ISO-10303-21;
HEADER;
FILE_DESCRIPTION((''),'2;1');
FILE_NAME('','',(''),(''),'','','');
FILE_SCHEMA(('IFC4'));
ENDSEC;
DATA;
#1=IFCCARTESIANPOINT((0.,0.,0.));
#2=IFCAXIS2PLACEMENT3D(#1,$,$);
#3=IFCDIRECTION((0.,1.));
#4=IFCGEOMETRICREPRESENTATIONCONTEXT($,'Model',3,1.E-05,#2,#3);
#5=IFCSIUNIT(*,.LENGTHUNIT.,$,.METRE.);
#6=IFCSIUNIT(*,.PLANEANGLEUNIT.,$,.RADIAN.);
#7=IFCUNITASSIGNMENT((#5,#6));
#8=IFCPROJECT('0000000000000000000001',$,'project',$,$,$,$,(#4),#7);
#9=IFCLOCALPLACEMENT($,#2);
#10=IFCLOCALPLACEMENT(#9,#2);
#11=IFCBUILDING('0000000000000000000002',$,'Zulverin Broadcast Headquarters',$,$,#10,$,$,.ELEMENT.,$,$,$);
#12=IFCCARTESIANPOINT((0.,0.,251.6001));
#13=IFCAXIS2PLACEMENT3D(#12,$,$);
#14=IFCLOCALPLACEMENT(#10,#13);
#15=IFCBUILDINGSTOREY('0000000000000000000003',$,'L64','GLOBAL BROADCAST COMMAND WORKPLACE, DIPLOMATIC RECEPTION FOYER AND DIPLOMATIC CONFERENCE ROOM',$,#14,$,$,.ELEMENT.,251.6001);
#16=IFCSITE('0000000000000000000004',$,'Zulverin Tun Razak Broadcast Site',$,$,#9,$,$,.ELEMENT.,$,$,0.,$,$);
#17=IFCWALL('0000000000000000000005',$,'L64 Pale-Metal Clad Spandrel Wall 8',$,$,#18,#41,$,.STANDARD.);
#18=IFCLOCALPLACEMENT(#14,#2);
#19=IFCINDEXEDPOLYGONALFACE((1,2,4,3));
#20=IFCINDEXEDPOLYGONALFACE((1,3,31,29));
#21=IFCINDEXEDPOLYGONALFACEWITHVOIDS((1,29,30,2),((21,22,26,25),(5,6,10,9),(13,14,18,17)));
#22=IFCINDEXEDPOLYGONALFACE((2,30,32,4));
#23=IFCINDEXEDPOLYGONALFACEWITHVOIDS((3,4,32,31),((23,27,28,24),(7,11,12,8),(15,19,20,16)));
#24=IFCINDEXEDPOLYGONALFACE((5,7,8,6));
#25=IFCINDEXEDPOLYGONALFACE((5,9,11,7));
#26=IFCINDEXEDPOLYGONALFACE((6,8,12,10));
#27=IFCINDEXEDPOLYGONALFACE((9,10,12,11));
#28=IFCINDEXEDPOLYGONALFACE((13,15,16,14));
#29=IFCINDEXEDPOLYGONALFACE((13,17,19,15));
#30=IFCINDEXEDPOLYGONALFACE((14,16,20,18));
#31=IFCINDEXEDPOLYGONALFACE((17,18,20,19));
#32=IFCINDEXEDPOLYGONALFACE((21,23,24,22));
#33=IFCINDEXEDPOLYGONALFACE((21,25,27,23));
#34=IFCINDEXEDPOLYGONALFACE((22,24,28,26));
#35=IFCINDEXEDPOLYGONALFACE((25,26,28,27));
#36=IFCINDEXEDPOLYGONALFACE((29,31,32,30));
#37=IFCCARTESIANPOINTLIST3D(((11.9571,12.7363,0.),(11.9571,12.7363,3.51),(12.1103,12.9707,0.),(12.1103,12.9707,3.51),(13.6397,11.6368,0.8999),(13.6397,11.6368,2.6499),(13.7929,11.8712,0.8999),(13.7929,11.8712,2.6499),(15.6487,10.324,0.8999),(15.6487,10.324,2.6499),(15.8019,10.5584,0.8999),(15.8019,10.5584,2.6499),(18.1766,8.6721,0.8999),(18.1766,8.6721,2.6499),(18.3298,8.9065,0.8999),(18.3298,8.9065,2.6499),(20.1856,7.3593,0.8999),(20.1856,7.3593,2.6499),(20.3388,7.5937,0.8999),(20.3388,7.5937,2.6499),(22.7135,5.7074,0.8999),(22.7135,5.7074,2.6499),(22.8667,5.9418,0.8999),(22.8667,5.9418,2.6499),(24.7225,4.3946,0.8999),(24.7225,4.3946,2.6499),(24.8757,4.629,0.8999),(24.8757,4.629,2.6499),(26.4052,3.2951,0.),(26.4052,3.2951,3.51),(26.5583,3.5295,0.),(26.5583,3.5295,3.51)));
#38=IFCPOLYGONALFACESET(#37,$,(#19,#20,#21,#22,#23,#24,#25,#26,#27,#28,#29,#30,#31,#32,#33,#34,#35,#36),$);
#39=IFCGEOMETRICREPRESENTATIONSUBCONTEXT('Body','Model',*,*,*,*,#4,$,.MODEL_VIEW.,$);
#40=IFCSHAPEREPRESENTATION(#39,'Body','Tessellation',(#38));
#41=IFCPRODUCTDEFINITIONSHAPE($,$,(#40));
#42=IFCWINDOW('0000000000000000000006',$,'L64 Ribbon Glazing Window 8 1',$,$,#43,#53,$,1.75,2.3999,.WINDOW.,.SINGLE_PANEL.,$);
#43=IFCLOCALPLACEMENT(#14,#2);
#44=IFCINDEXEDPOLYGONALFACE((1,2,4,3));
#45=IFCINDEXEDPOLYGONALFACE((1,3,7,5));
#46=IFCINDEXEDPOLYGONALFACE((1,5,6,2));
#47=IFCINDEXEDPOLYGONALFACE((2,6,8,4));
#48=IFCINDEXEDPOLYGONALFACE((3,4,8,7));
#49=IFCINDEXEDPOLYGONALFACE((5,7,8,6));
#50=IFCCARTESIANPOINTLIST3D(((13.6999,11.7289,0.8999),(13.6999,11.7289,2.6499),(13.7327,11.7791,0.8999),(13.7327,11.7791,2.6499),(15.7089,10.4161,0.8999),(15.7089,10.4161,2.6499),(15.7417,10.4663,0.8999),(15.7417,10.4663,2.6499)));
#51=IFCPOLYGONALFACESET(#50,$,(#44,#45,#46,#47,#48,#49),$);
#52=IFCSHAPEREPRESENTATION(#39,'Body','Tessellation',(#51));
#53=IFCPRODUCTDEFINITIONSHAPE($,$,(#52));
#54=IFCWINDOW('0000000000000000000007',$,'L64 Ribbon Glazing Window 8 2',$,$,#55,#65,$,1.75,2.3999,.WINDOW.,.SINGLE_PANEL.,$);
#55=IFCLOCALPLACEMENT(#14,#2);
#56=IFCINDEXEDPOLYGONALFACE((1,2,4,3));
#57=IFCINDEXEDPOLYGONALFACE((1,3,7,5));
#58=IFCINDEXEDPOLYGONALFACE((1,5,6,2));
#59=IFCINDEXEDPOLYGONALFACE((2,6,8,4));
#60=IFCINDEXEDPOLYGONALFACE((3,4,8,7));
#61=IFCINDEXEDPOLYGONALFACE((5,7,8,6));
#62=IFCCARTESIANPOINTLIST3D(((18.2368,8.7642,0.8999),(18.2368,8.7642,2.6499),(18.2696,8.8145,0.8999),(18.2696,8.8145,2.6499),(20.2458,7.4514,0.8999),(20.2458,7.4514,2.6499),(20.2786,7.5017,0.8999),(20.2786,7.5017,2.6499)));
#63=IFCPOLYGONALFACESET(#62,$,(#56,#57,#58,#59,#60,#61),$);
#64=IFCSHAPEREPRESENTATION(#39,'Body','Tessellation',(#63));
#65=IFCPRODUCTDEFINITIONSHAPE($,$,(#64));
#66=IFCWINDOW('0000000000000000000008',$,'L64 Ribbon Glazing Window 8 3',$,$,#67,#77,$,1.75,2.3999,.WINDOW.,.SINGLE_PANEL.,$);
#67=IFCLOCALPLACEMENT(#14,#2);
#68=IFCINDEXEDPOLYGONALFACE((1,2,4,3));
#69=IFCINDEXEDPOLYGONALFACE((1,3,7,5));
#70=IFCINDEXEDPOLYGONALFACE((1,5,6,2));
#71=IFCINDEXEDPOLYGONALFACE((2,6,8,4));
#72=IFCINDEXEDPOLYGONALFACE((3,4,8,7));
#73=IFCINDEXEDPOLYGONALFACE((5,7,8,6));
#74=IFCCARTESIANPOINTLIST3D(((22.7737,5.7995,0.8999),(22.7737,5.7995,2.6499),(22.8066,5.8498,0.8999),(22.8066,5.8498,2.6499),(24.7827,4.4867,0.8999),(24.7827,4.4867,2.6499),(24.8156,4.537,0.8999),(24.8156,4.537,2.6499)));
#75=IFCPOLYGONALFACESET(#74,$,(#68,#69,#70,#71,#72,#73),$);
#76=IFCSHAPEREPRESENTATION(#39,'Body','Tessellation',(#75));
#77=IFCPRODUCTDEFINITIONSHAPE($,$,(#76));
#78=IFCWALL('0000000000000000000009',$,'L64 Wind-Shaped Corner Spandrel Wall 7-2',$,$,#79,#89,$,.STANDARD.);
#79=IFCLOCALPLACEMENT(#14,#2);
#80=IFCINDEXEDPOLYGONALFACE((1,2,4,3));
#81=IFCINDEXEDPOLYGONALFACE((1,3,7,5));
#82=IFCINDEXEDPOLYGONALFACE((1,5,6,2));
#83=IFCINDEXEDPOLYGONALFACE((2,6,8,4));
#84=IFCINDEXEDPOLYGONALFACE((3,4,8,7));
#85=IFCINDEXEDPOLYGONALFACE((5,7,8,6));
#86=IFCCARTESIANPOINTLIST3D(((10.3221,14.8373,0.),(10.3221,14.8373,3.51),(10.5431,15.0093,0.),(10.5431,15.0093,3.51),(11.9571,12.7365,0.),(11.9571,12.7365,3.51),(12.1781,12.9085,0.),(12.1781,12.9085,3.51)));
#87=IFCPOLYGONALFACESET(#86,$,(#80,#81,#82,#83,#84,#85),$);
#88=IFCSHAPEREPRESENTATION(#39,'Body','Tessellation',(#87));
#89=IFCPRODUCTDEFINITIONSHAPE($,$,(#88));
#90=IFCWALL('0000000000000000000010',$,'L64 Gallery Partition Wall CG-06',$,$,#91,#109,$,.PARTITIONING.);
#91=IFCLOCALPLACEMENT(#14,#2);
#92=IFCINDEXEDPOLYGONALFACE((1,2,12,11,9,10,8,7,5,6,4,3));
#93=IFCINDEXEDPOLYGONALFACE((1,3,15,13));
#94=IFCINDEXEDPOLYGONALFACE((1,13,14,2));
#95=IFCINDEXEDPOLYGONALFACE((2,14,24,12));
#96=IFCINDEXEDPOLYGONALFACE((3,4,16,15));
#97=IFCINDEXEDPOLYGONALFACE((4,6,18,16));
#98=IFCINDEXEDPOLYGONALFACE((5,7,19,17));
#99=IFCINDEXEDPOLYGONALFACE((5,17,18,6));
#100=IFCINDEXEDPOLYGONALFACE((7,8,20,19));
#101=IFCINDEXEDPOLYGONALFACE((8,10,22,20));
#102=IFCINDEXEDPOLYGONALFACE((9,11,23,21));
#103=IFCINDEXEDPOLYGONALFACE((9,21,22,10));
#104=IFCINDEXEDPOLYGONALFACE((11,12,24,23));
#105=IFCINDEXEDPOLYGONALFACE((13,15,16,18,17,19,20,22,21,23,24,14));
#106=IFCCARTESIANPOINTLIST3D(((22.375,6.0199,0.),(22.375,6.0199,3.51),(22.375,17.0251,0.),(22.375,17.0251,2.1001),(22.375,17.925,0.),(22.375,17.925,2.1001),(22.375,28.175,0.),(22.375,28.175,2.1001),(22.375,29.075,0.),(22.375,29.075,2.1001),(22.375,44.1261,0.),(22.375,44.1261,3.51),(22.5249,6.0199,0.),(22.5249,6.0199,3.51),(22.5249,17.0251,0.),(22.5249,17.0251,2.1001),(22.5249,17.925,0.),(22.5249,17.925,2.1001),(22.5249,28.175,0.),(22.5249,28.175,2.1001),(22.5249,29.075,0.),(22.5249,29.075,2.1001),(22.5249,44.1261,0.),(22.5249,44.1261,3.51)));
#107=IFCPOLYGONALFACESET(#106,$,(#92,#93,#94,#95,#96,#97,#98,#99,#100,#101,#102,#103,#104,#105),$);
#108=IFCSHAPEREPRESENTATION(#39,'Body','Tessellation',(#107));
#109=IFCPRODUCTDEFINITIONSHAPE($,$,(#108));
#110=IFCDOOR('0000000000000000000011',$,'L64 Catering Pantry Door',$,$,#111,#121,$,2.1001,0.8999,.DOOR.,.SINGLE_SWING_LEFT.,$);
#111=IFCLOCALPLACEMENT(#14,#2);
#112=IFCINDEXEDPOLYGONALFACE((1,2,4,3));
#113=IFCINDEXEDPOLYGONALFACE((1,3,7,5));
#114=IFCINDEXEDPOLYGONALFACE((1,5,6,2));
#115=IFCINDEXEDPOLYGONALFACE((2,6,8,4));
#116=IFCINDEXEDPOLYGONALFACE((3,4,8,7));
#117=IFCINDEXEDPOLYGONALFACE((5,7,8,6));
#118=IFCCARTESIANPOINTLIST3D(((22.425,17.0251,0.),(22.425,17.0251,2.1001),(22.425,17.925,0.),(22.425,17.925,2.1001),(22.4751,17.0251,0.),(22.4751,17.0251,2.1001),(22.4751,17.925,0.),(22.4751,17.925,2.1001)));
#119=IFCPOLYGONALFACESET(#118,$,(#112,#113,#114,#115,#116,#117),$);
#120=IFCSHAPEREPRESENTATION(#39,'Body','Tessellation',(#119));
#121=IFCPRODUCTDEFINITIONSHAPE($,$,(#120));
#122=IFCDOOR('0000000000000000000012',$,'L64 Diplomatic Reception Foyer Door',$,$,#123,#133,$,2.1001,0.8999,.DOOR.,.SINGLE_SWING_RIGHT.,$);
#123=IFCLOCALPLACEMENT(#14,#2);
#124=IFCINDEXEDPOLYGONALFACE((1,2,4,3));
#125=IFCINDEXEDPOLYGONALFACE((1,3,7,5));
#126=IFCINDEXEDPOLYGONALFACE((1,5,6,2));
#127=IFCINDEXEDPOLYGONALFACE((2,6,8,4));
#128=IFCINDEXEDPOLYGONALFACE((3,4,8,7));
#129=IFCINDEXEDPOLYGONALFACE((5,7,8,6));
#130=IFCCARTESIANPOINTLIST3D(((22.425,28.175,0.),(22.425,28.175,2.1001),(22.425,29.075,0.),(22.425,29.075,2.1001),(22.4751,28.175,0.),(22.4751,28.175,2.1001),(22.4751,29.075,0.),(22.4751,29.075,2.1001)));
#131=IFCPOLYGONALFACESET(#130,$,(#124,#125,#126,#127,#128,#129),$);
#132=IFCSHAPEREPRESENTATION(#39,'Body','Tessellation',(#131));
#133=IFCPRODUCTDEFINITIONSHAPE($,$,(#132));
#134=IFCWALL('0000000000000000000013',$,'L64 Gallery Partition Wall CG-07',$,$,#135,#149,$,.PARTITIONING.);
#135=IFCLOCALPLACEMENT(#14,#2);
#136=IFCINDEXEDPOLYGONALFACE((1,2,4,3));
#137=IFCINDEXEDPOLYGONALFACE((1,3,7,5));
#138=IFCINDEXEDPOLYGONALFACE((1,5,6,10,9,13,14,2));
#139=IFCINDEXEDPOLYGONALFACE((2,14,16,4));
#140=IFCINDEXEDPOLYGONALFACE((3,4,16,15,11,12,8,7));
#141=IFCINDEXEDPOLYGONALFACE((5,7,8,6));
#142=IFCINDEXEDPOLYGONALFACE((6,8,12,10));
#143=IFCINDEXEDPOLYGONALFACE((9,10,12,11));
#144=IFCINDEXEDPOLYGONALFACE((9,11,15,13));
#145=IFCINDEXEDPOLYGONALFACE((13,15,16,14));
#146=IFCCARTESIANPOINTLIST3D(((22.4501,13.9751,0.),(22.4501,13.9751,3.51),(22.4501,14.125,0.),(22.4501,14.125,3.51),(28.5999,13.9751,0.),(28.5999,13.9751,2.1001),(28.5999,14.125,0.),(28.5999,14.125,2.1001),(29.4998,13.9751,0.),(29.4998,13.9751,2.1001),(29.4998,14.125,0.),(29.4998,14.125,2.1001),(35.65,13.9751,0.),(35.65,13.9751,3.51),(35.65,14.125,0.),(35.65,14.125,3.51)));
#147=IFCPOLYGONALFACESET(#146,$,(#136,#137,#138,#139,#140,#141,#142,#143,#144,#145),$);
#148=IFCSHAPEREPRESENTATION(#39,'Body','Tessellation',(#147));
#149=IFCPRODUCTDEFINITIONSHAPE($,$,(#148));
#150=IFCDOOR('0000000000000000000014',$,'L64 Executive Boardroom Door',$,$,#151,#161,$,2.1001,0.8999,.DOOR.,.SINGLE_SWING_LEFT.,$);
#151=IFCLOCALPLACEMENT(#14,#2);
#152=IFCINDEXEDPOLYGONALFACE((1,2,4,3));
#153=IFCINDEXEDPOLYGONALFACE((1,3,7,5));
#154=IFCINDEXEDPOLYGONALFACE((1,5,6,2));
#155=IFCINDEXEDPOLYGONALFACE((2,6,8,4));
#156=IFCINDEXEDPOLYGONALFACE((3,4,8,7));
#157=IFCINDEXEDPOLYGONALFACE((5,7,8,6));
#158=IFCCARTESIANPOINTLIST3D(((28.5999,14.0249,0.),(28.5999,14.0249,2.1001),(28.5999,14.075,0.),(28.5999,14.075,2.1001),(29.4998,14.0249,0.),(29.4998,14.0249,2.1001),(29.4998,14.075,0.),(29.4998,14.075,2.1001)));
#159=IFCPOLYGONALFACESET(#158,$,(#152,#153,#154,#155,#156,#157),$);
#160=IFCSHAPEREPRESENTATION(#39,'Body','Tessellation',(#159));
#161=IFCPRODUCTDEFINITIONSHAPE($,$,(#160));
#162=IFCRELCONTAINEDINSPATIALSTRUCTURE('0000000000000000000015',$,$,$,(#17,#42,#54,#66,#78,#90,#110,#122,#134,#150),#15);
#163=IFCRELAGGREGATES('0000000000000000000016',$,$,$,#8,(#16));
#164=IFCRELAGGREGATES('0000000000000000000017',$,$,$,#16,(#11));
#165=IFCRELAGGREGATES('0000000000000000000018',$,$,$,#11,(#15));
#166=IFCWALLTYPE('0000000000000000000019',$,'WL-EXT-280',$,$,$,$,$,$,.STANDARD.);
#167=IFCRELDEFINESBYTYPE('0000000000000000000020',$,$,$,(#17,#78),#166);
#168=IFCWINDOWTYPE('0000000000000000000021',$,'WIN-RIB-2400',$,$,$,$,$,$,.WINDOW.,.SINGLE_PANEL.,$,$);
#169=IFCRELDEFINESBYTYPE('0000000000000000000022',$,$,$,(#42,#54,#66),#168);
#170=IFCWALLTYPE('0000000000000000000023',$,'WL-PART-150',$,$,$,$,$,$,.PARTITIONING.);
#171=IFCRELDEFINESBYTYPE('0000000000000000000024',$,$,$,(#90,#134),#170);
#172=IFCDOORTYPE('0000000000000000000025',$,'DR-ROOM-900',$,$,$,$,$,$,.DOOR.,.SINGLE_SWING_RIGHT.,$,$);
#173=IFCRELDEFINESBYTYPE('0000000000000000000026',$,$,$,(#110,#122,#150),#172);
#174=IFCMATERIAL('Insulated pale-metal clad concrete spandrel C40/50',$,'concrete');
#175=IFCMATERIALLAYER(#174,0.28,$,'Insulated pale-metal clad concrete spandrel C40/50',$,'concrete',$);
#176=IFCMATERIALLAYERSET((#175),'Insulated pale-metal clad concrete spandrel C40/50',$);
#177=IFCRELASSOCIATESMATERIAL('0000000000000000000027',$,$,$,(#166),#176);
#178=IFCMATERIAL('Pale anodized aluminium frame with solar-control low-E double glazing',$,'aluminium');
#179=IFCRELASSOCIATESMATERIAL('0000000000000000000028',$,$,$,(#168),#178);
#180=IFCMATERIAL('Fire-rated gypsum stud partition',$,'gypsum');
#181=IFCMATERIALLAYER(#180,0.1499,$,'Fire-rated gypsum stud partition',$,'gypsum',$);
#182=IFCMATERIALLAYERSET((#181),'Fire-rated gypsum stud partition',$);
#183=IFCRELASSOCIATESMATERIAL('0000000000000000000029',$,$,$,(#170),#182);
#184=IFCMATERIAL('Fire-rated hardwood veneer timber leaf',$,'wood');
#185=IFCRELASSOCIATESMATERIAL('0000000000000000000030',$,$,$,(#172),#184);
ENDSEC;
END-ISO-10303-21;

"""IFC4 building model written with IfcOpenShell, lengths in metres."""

from ifc_helpers import new_model, si_unit, direction, frame, frame_2d, origin, place, context, subcontext, project, spatial, rectangle, extrude, material, layer, layer_set, type_object, element, fill, save


model = new_model("IFC4")

# Units and contexts
model_context = context("Model", 3, precision=1e-05, world=origin(), true_north=direction((0.0, 1.0)))
body_context = subcontext(model_context, "Body", "Model", "MODEL_VIEW")
ifc_project = project(units=[si_unit("LENGTHUNIT", "METRE"), si_unit("PLANEANGLEUNIT", "RADIAN")], contexts=[model_context])

# Site, building, storey
site_placement = place(None, origin())
site = spatial("IfcSite", under=ifc_project, at=site_placement, Name="Zulverin Tun Razak Broadcast Site", CompositionType="ELEMENT", RefElevation=0.0)
building_placement = place(site_placement, origin())
building = spatial("IfcBuilding", under=site, at=building_placement, Name="Zulverin Broadcast Headquarters", CompositionType="ELEMENT")
storey_placement = place(building_placement, frame((0.0, 0.0, 251.6001)))
storey = spatial("IfcBuildingStorey", under=building, at=storey_placement, Name="L64", Description="GLOBAL BROADCAST COMMAND WORKPLACE, DIPLOMATIC RECEPTION FOYER AND DIPLOMATIC CONFERENCE ROOM", CompositionType="ELEMENT", Elevation=251.6001)

# Wall, openings, windows
ifc_material_1 = material(Name="Insulated pale-metal clad concrete spandrel C40/50", Category="concrete")
ifc_layer_1 = layer(ifc_material_1, 0.28, Name="Insulated pale-metal clad concrete spandrel C40/50", Category="concrete")
ifc_layer_set_1 = layer_set([ifc_layer_1], Name="Insulated pale-metal clad concrete spandrel C40/50")
wall_type_1 = type_object("IfcWallType", Name="WL-EXT-280", PredefinedType="STANDARD", material=ifc_layer_set_1)
wall_1_placement = place(storey_placement, frame((12.0337, 12.8535, 0.0), z_axis=(0.0, 0.0, 1.0), x_axis=(0.837118, -0.547022, 0.0)))
wall_1 = element("IfcWall", 1, at=wall_1_placement, inside=storey, type_object=wall_type_1, Name="L64 Pale-Metal Clad Spandrel Wall 8", PredefinedType="STANDARD", context=body_context, shape_type="SweptSolid", body=[
    extrude(rectangle(XDim=17.2593, YDim=0.28, at=frame_2d((8.6296, 0.0))), origin(), (0.0, 0.0, 1.0), 3.51),
])
opening_1_placement = place(wall_1_placement, frame((2.01, 0.0, 0.8999)))
opening_1 = element("IfcOpeningElement", 2, at=opening_1_placement, cuts=wall_1, PredefinedType="OPENING", context=body_context, shape_type="SweptSolid", body=[
    extrude(rectangle(XDim=2.3999, YDim=1.75, at=frame_2d((1.2, 0.875))), frame((0.0, 0.1499, 0.0), z_axis=(0.0, -1.0, 0.0), x_axis=(1.0, 0.0, 0.0)), (0.0, 0.0, 1.0), 0.3),
])
opening_2_placement = place(wall_1_placement, frame((7.4297, 0.0, 0.8999)))
opening_2 = element("IfcOpeningElement", 3, at=opening_2_placement, cuts=wall_1, PredefinedType="OPENING", context=body_context, shape_type="SweptSolid", body=[
    extrude(rectangle(XDim=2.3999, YDim=1.75, at=frame_2d((1.2, 0.875))), frame((0.0, 0.1499, 0.0), z_axis=(0.0, -1.0, 0.0), x_axis=(1.0, 0.0, 0.0)), (0.0, 0.0, 1.0), 0.3),
])
opening_3_placement = place(wall_1_placement, frame((12.8494, 0.0, 0.8999)))
opening_3 = element("IfcOpeningElement", 4, at=opening_3_placement, cuts=wall_1, PredefinedType="OPENING", context=body_context, shape_type="SweptSolid", body=[
    extrude(rectangle(XDim=2.3999, YDim=1.75, at=frame_2d((1.2, 0.875))), frame((0.0, 0.1499, 0.0), z_axis=(0.0, -1.0, 0.0), x_axis=(1.0, 0.0, 0.0)), (0.0, 0.0, 1.0), 0.3),
])
ifc_material_2 = material(Name="Pale anodized aluminium frame with solar-control low-E double glazing", Category="aluminium")
window_type = type_object("IfcWindowType", Name="WIN-RIB-2400", PartitioningType="SINGLE_PANEL", PredefinedType="WINDOW", material=ifc_material_2)
window_1_placement = place(opening_1_placement, origin())
window_1 = element("IfcWindow", 5, at=window_1_placement, inside=storey, type_object=window_type, Name="L64 Ribbon Glazing Window 8 1", OverallHeight=1.75, OverallWidth=2.3999, PartitioningType="SINGLE_PANEL", PredefinedType="WINDOW", context=body_context, shape_type="SweptSolid", body=[
    extrude(rectangle(XDim=2.3999, YDim=1.75, at=frame_2d((1.2, 0.875))), frame((0.0, 0.03, 0.0), z_axis=(0.0, -1.0, 0.0), x_axis=(1.0, 0.0, 0.0)), (0.0, 0.0, 1.0), 0.0601),
])
fill(opening_1, window_1)
window_2_placement = place(opening_2_placement, origin())
window_2 = element("IfcWindow", 6, at=window_2_placement, inside=storey, type_object=window_type, Name="L64 Ribbon Glazing Window 8 2", OverallHeight=1.75, OverallWidth=2.3999, PartitioningType="SINGLE_PANEL", PredefinedType="WINDOW", context=body_context, shape_type="SweptSolid", body=[
    extrude(rectangle(XDim=2.3999, YDim=1.75, at=frame_2d((1.2, 0.875))), frame((0.0, 0.03, 0.0), z_axis=(0.0, -1.0, 0.0), x_axis=(1.0, 0.0, 0.0)), (0.0, 0.0, 1.0), 0.0601),
])
fill(opening_2, window_2)
window_3_placement = place(opening_3_placement, origin())
window_3 = element("IfcWindow", 7, at=window_3_placement, inside=storey, type_object=window_type, Name="L64 Ribbon Glazing Window 8 3", OverallHeight=1.75, OverallWidth=2.3999, PartitioningType="SINGLE_PANEL", PredefinedType="WINDOW", context=body_context, shape_type="SweptSolid", body=[
    extrude(rectangle(XDim=2.3999, YDim=1.75, at=frame_2d((1.2, 0.875))), frame((0.0, 0.03, 0.0), z_axis=(0.0, -1.0, 0.0), x_axis=(1.0, 0.0, 0.0)), (0.0, 0.0, 1.0), 0.0601),
])
fill(opening_3, window_3)

# Wall
wall_2_placement = place(storey_placement, frame((10.4326, 14.9233, 0.0), z_axis=(0.0, 0.0, 1.0), x_axis=(0.614182, -0.789165, 0.0)))
element("IfcWall", 8, at=wall_2_placement, inside=storey, type_object=wall_type_1, Name="L64 Wind-Shaped Corner Spandrel Wall 7-2", PredefinedType="STANDARD", context=body_context, shape_type="SweptSolid", body=[
    extrude(rectangle(XDim=2.6621, YDim=0.28, at=frame_2d((1.3311, 0.0))), origin(), (0.0, 0.0, 1.0), 3.51),
])

# Wall, openings, doors
ifc_material_3 = material(Name="Fire-rated gypsum stud partition", Category="gypsum")
ifc_layer_2 = layer(ifc_material_3, 0.1499, Name="Fire-rated gypsum stud partition", Category="gypsum")
ifc_layer_set_2 = layer_set([ifc_layer_2], Name="Fire-rated gypsum stud partition")
wall_type_2 = type_object("IfcWallType", Name="WL-PART-150", PredefinedType="PARTITIONING", material=ifc_layer_set_2)
wall_3_placement = place(storey_placement, frame((22.45, 6.0198, 0.0), z_axis=(0.0, 0.0, 1.0), x_axis=(0.0, 1.0, 0.0)))
wall_3 = element("IfcWall", 9, at=wall_3_placement, inside=storey, type_object=wall_type_2, Name="L64 Gallery Partition Wall CG-06", PredefinedType="PARTITIONING", context=body_context, shape_type="SweptSolid", body=[
    extrude(rectangle(XDim=38.1062, YDim=0.1499, at=frame_2d((19.0532, 0.0))), origin(), (0.0, 0.0, 1.0), 3.51),
])
opening_4_placement = place(wall_3_placement, frame((11.0054, 0.0, 0.0)))
opening_4 = element("IfcOpeningElement", 10, at=opening_4_placement, cuts=wall_3, PredefinedType="OPENING", context=body_context, shape_type="SweptSolid", body=[
    extrude(rectangle(XDim=0.8999, YDim=2.1001, at=frame_2d((0.45, 1.05))), frame((0.0, 0.085, 0.0), z_axis=(0.0, -1.0, 0.0), x_axis=(1.0, 0.0, 0.0)), (0.0, 0.0, 1.0), 0.1699),
])
opening_5_placement = place(wall_3_placement, frame((22.1553, 0.0, 0.0)))
opening_5 = element("IfcOpeningElement", 11, at=opening_5_placement, cuts=wall_3, PredefinedType="OPENING", context=body_context, shape_type="SweptSolid", body=[
    extrude(rectangle(XDim=0.8999, YDim=2.1001, at=frame_2d((0.45, 1.05))), frame((0.0, 0.085, 0.0), z_axis=(0.0, -1.0, 0.0), x_axis=(1.0, 0.0, 0.0)), (0.0, 0.0, 1.0), 0.1699),
])
ifc_material_4 = material(Name="Fire-rated hardwood veneer timber leaf", Category="wood")
door_type_1 = type_object("IfcDoorType", Name="DR-ROOM-900", OperationType="SINGLE_SWING_RIGHT", PredefinedType="DOOR", material=ifc_material_4)
door_1_placement = place(opening_4_placement, origin())
door_1 = element("IfcDoor", 12, at=door_1_placement, inside=storey, type_object=door_type_1, Name="L64 Catering Pantry Door", OperationType="SINGLE_SWING_LEFT", OverallHeight=2.1001, OverallWidth=0.8999, PredefinedType="DOOR", context=body_context, shape_type="SweptSolid", body=[
    extrude(rectangle(XDim=0.8999, YDim=2.1001, at=frame_2d((0.45, 1.05))), frame((0.0, 0.0249, 0.0), z_axis=(0.0, -1.0, 0.0), x_axis=(1.0, 0.0, 0.0)), (0.0, 0.0, 1.0), 0.05),
])
fill(opening_4, door_1)
door_2_placement = place(opening_5_placement, origin())
door_2 = element("IfcDoor", 13, at=door_2_placement, inside=storey, type_object=door_type_1, Name="L64 Diplomatic Reception Foyer Door", OperationType="SINGLE_SWING_RIGHT", OverallHeight=2.1001, OverallWidth=0.8999, PredefinedType="DOOR", context=body_context, shape_type="SweptSolid", body=[
    extrude(rectangle(XDim=0.8999, YDim=2.1001, at=frame_2d((0.45, 1.05))), frame((0.0, 0.0249, 0.0), z_axis=(0.0, -1.0, 0.0), x_axis=(1.0, 0.0, 0.0)), (0.0, 0.0, 1.0), 0.05),
])
fill(opening_5, door_2)

# Wall, opening, door
wall_4_placement = place(storey_placement, frame((22.45, 14.05, 0.0), z_axis=(0.0, 0.0, 1.0), x_axis=(1.0, 0.0, 0.0)))
wall_4 = element("IfcWall", 14, at=wall_4_placement, inside=storey, type_object=wall_type_2, Name="L64 Gallery Partition Wall CG-07", PredefinedType="PARTITIONING", context=body_context, shape_type="SweptSolid", body=[
    extrude(rectangle(XDim=13.2, YDim=0.1499, at=frame_2d((6.6001, 0.0))), origin(), (0.0, 0.0, 1.0), 3.51),
])
opening_6_placement = place(wall_4_placement, frame((6.1499, 0.0, 0.0)))
opening_6 = element("IfcOpeningElement", 15, at=opening_6_placement, cuts=wall_4, PredefinedType="OPENING", context=body_context, shape_type="SweptSolid", body=[
    extrude(rectangle(XDim=0.8999, YDim=2.1001, at=frame_2d((0.45, 1.05))), frame((0.0, 0.085, 0.0), z_axis=(0.0, -1.0, 0.0), x_axis=(1.0, 0.0, 0.0)), (0.0, 0.0, 1.0), 0.1699),
])
door_3_placement = place(opening_6_placement, origin())
door_3 = element("IfcDoor", 16, at=door_3_placement, inside=storey, type_object=door_type_1, Name="L64 Executive Boardroom Door", OperationType="SINGLE_SWING_LEFT", OverallHeight=2.1001, OverallWidth=0.8999, PredefinedType="DOOR", context=body_context, shape_type="SweptSolid", body=[
    extrude(rectangle(XDim=0.8999, YDim=2.1001, at=frame_2d((0.45, 1.05))), frame((0.0, 0.0249, 0.0), z_axis=(0.0, -1.0, 0.0), x_axis=(1.0, 0.0, 0.0)), (0.0, 0.0, 1.0), 0.05),
])
fill(opening_6, door_3)

save(model, "model.ifc")
